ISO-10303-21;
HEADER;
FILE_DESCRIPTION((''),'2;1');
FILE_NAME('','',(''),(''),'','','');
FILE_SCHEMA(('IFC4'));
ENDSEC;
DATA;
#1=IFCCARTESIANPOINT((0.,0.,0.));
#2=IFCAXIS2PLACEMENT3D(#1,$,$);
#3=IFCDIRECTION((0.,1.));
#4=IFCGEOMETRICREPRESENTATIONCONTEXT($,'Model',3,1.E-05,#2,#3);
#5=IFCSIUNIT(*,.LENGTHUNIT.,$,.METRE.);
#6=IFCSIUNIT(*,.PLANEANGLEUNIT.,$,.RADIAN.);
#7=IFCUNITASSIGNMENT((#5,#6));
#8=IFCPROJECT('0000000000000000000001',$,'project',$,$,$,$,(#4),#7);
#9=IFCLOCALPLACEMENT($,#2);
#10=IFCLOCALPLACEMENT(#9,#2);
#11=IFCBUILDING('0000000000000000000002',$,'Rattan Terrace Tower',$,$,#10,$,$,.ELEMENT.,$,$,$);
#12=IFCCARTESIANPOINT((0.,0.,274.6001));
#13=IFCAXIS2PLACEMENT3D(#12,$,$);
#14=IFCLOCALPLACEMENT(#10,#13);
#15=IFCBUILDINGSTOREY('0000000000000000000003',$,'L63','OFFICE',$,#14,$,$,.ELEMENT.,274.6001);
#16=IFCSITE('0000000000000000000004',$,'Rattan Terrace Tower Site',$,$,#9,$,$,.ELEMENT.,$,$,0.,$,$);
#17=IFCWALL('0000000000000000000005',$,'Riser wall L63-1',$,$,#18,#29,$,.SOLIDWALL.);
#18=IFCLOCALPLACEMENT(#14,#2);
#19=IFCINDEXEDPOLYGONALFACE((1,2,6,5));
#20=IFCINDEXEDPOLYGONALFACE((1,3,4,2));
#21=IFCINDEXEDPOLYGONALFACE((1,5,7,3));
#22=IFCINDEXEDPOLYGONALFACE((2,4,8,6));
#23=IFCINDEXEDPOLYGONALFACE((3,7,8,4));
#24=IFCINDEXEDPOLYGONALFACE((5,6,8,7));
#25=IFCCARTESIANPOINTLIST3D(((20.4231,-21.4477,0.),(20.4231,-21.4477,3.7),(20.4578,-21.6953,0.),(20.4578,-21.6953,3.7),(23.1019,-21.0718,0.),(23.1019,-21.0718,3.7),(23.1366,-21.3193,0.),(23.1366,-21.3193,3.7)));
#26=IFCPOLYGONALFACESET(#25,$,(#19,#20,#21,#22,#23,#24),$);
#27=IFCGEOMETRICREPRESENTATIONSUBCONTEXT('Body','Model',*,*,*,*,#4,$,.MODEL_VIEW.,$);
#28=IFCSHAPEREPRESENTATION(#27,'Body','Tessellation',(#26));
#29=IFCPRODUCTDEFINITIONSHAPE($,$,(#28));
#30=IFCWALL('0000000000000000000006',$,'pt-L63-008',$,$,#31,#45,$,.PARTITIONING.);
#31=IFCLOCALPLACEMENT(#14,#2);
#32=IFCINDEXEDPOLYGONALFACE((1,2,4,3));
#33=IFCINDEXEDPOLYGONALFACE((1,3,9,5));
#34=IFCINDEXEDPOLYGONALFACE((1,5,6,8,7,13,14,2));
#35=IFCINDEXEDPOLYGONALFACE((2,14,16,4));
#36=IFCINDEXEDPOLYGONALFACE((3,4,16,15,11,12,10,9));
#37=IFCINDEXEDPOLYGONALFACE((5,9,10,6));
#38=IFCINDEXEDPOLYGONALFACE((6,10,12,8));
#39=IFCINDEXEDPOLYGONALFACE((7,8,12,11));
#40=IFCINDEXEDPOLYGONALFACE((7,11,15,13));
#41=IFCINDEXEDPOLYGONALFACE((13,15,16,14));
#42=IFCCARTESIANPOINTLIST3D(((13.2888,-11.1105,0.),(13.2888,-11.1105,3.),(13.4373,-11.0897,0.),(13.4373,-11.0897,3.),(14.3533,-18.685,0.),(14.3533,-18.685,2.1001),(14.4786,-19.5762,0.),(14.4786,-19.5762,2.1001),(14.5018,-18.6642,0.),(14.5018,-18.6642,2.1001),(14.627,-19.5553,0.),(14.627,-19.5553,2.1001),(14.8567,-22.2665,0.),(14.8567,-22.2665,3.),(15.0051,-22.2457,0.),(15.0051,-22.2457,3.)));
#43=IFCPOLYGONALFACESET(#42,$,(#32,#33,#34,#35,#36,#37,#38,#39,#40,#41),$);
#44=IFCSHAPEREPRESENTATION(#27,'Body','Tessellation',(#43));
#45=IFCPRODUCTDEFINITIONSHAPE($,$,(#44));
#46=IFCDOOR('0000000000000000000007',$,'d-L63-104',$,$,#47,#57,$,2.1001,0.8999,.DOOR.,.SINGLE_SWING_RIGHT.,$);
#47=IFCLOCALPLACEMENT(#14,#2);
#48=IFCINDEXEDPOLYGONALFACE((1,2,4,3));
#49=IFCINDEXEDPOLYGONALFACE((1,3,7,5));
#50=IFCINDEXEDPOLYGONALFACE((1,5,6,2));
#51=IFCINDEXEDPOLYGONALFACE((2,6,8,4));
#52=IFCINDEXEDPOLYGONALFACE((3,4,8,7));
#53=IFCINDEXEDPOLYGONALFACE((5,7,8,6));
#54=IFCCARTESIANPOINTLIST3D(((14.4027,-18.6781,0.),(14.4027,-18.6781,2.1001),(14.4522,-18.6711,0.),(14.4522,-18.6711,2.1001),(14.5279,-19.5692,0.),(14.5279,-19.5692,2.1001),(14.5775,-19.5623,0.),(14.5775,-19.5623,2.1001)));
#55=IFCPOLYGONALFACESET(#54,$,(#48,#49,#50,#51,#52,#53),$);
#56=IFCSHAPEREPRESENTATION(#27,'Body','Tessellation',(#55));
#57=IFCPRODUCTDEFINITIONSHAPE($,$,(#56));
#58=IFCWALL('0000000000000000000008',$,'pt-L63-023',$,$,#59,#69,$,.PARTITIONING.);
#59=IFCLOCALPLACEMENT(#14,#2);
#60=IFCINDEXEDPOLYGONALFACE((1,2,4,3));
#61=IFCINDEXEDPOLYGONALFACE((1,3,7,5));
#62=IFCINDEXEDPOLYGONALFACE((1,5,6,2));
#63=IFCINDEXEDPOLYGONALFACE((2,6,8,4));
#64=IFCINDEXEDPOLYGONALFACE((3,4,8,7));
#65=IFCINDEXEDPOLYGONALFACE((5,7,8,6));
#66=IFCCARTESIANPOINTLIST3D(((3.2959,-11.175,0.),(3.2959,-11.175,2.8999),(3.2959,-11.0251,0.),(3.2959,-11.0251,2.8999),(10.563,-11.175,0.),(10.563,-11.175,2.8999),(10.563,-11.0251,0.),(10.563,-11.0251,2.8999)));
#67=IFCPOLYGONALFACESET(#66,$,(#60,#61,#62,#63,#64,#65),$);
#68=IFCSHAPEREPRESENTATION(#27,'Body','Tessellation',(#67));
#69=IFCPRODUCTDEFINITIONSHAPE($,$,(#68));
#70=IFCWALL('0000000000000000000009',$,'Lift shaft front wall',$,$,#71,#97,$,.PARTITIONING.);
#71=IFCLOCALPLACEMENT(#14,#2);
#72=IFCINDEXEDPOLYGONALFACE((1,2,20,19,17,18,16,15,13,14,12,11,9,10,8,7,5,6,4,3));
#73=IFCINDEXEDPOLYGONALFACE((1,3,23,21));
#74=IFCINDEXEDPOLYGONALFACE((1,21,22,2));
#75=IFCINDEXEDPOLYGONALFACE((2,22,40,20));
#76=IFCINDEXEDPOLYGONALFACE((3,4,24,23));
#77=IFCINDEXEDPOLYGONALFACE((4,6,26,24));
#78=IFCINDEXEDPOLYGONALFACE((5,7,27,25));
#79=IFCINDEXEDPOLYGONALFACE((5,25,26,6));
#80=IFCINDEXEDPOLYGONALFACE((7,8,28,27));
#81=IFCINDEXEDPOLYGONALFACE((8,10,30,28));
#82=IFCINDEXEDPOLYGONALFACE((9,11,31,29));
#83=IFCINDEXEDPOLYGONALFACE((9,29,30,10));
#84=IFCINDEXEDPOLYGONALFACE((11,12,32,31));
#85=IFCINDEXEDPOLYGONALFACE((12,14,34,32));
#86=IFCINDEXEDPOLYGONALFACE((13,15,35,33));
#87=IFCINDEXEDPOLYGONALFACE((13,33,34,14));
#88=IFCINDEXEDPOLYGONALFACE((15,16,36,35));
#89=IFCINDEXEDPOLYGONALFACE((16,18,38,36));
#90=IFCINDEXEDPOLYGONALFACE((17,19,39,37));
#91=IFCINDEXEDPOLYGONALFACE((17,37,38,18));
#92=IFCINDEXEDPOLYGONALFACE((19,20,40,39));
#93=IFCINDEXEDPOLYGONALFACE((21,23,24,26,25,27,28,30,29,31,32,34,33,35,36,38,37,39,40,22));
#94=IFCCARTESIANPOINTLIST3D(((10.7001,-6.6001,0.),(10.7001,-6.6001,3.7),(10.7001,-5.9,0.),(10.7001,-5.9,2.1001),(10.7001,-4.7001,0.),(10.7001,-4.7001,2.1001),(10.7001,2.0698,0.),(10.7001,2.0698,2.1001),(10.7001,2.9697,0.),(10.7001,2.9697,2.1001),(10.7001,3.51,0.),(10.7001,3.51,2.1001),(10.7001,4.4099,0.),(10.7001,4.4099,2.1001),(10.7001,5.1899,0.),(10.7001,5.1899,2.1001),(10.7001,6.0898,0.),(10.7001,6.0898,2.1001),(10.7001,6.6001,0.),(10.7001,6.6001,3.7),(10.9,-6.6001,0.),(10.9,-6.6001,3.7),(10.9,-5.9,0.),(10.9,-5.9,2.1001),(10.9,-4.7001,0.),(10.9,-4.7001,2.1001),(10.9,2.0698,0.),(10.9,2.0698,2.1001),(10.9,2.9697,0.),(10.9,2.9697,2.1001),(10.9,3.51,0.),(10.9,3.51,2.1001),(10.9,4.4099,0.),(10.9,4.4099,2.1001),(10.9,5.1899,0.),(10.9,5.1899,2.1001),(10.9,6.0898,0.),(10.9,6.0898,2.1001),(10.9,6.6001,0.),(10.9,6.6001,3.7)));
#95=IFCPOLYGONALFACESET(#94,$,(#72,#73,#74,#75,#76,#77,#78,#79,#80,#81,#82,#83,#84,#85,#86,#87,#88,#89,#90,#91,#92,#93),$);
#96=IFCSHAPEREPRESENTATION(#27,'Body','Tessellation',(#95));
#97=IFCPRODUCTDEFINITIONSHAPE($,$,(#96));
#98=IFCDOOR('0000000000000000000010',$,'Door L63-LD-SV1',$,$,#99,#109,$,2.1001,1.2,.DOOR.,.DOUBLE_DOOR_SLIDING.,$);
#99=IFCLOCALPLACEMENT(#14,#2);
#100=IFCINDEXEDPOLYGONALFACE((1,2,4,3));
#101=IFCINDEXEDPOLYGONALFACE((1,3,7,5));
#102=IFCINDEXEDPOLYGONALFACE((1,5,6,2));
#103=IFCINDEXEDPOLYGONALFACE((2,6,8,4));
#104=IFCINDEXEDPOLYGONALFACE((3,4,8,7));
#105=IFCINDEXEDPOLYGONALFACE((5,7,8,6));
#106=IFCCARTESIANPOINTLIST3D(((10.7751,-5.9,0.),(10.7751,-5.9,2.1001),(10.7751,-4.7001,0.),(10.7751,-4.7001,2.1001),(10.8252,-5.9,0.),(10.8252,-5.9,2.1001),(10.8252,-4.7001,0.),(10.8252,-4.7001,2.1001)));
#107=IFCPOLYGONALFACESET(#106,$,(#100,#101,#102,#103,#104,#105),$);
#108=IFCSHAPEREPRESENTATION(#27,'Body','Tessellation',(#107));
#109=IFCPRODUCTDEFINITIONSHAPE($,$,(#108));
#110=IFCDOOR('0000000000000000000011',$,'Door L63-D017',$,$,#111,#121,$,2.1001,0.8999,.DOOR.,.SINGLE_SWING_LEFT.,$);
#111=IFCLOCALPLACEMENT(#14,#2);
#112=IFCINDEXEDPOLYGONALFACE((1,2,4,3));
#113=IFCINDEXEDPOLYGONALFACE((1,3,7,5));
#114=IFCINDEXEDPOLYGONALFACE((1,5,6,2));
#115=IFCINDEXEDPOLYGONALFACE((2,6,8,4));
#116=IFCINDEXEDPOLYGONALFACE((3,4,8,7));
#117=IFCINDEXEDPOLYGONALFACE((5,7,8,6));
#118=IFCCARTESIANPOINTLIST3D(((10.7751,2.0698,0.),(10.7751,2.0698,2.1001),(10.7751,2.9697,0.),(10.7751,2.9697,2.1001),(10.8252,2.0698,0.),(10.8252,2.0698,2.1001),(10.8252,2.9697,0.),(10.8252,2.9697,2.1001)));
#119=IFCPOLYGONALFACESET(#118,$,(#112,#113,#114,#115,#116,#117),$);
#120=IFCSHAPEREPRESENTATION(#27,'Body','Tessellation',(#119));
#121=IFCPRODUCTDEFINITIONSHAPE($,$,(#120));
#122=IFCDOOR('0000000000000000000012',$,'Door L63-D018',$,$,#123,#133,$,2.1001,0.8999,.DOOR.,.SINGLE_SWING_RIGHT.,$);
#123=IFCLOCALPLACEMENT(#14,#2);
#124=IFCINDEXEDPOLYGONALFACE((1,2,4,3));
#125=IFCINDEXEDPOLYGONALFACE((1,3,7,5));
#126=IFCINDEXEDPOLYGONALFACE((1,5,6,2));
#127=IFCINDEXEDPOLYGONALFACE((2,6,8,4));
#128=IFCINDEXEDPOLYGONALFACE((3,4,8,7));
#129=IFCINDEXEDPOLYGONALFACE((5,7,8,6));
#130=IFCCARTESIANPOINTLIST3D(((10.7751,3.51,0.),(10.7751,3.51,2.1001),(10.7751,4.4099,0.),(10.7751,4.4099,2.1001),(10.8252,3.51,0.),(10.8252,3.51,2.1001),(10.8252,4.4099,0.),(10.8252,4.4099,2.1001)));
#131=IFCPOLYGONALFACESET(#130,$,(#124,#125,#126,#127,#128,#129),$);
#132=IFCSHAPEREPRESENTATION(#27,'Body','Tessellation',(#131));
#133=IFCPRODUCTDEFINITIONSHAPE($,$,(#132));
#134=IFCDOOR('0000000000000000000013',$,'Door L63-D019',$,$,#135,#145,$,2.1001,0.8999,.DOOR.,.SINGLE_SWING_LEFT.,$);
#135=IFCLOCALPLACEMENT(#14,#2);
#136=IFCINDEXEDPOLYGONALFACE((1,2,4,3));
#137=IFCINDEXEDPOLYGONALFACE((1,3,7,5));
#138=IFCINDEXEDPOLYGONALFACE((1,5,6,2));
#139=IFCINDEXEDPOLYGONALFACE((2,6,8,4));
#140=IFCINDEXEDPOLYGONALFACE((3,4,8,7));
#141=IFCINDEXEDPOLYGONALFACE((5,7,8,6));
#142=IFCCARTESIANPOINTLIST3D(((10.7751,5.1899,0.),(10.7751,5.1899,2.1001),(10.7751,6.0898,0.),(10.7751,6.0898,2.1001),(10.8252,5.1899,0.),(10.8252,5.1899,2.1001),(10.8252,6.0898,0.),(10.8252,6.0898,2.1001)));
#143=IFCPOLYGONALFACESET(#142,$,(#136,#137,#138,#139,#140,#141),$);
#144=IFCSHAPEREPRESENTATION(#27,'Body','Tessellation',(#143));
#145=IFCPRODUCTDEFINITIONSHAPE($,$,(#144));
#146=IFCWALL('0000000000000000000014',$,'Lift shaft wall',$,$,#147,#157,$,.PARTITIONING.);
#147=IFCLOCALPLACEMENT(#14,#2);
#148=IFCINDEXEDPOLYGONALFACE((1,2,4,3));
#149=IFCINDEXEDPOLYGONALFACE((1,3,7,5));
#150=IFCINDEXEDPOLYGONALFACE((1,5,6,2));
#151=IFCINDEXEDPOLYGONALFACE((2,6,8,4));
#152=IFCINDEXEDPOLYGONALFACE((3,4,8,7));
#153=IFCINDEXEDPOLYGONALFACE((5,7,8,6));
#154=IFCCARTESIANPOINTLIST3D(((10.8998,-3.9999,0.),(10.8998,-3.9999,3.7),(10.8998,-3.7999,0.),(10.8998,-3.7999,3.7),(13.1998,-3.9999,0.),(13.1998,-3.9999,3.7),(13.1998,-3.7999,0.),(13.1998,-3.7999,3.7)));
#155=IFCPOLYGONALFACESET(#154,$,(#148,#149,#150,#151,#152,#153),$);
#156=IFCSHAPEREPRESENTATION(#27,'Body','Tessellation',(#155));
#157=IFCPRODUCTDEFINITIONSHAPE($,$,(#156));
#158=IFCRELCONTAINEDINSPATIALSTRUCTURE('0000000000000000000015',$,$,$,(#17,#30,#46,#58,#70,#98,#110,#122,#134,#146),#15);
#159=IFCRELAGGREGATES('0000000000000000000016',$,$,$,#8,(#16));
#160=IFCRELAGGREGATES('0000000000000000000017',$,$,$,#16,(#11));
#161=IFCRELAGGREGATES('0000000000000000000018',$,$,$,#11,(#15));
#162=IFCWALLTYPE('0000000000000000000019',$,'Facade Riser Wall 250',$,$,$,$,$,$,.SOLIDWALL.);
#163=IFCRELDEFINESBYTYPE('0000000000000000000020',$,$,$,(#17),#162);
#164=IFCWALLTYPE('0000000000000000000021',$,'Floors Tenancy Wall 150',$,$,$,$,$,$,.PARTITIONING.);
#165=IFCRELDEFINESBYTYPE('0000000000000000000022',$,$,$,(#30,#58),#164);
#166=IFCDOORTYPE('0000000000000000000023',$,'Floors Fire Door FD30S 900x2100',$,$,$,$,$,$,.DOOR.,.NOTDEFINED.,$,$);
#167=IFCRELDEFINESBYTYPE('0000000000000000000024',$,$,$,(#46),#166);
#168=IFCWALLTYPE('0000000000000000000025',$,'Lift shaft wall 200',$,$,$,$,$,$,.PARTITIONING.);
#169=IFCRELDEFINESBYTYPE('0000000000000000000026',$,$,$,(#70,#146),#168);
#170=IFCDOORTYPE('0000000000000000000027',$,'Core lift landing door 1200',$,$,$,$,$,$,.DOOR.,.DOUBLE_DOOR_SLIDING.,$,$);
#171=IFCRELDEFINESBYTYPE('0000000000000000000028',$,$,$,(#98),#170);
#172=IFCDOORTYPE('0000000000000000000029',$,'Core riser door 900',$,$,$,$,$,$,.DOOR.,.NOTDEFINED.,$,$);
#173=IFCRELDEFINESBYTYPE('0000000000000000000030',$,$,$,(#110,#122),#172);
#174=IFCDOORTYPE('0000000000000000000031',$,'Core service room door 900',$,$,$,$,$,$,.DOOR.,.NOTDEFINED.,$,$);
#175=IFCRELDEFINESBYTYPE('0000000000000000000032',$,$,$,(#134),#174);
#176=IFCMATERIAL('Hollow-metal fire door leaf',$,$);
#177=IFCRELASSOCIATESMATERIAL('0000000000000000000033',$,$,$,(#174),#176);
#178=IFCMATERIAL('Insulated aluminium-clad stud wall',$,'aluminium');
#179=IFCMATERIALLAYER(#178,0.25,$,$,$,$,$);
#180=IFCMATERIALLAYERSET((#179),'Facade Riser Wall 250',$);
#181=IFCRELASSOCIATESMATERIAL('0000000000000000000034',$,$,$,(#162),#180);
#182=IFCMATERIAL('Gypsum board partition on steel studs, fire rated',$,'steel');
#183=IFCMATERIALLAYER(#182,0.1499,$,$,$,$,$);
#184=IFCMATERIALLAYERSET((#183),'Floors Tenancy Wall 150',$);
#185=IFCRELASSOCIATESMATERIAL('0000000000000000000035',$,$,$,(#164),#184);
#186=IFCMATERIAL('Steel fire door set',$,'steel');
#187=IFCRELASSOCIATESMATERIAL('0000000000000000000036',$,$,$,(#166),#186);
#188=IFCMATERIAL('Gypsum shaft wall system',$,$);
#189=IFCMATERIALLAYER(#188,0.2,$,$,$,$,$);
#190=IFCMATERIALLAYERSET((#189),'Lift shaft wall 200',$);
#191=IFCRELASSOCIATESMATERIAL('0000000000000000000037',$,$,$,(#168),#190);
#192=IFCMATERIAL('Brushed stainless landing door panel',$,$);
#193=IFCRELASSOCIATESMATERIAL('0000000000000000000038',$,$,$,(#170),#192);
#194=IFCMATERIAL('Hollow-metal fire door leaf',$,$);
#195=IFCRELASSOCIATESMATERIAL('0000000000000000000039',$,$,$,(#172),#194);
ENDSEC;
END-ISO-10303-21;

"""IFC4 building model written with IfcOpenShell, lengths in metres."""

from ifc_helpers import new_model, si_unit, direction, frame, frame_2d, origin, place, context, subcontext, project, spatial, rectangle, extrude, material, layer, layer_set, type_object, element, fill, save


model = new_model("IFC4")

# Units and contexts
model_context = context("Model", 3, precision=1e-05, world=origin(), true_north=direction((0.0, 1.0)))
body_context = subcontext(model_context, "Body", "Model", "MODEL_VIEW")
ifc_project = project(units=[si_unit("LENGTHUNIT", "METRE"), si_unit("PLANEANGLEUNIT", "RADIAN")], contexts=[model_context])

# Site, building, storey
site_placement = place(None, origin())
site = spatial("IfcSite", under=ifc_project, at=site_placement, Name="Rattan Terrace Tower Site", CompositionType="ELEMENT", RefElevation=0.0)
building_placement = place(site_placement, origin())
building = spatial("IfcBuilding", under=site, at=building_placement, Name="Rattan Terrace Tower", CompositionType="ELEMENT")
storey_placement = place(building_placement, frame((0.0, 0.0, 274.6001)))
storey = spatial("IfcBuildingStorey", under=building, at=storey_placement, Name="L63", Description="OFFICE", CompositionType="ELEMENT", Elevation=274.6001)

# Shared definitions
ifc_material_1 = material(Name="Hollow-metal fire door leaf")
door_type_1 = type_object("IfcDoorType", Name="Core service room door 900", OperationType="NOTDEFINED", PredefinedType="DOOR", material=ifc_material_1)

# Wall
ifc_material_2 = material(Name="Insulated aluminium-clad stud wall", Category="aluminium")
ifc_layer_1 = layer(ifc_material_2, 0.25)
ifc_layer_set_1 = layer_set([ifc_layer_1], Name="Facade Riser Wall 250")
wall_type_1 = type_object("IfcWallType", Name="Facade Riser Wall 250", PredefinedType="SOLIDWALL", material=ifc_layer_set_1)
wall_1_placement = place(storey_placement, frame((20.4404, -21.5715, 0.0), z_axis=(0.0, 0.0, 1.0), x_axis=(0.990293, 0.138995, 0.0)))
element("IfcWall", 1, at=wall_1_placement, inside=storey, type_object=wall_type_1, Name="Riser wall L63-1", PredefinedType="SOLIDWALL", context=body_context, shape_type="SweptSolid", body=[
    extrude(rectangle(XDim=2.7051, YDim=0.25, at=frame_2d((1.3525, 0.0))), origin(), (0.0, 0.0, 1.0), 3.7),
])

# Wall, opening, door
ifc_material_3 = material(Name="Gypsum board partition on steel studs, fire rated", Category="steel")
ifc_layer_2 = layer(ifc_material_3, 0.1499)
ifc_layer_set_2 = layer_set([ifc_layer_2], Name="Floors Tenancy Wall 150")
wall_type_2 = type_object("IfcWallType", Name="Floors Tenancy Wall 150", PredefinedType="PARTITIONING", material=ifc_layer_set_2)
wall_2_placement = place(storey_placement, frame((13.363, -11.1001, 0.0), z_axis=(0.0, 0.0, 1.0), x_axis=(0.139173, -0.990268, 0.0)))
wall_2 = element("IfcWall", 2, at=wall_2_placement, inside=storey, type_object=wall_type_2, Name="pt-L63-008", PredefinedType="PARTITIONING", context=body_context, shape_type="SweptSolid", body=[
    extrude(rectangle(XDim=11.2656, YDim=0.1499, at=frame_2d((5.6328, 0.0))), origin(), (0.0, 0.0, 1.0), 3.0),
])
opening_1_placement = place(wall_2_placement, frame((7.6489, 0.0, 0.0)))
opening_1 = element("IfcOpeningElement", 3, at=opening_1_placement, cuts=wall_2, PredefinedType="OPENING", context=body_context, shape_type="SweptSolid", body=[
    extrude(rectangle(XDim=0.8999, YDim=2.1001, at=frame_2d((0.45, 1.05))), frame((0.0, 0.0854, 0.0), z_axis=(0.0, -1.0, 0.0), x_axis=(1.0, 0.0, 0.0)), (0.0, 0.0, 1.0), 0.1709),
])
ifc_material_4 = material(Name="Steel fire door set", Category="steel")
door_type_2 = type_object("IfcDoorType", Name="Floors Fire Door FD30S 900x2100", OperationType="NOTDEFINED", PredefinedType="DOOR", material=ifc_material_4)
door_1_placement = place(opening_1_placement, origin())
door_1 = element("IfcDoor", 4, at=door_1_placement, inside=storey, type_object=door_type_2, Name="d-L63-104", OperationType="SINGLE_SWING_RIGHT", OverallHeight=2.1001, OverallWidth=0.8999, PredefinedType="DOOR", context=body_context, shape_type="SweptSolid", body=[
    extrude(rectangle(XDim=0.8999, YDim=2.1001, at=frame_2d((0.45, 1.05))), frame((0.0, 0.0249, 0.0), z_axis=(0.0, -1.0, 0.0), x_axis=(1.0, 0.0, 0.0)), (0.0, 0.0, 1.0), 0.05),
])
fill(opening_1, door_1)

# Wall
wall_3_placement = place(storey_placement, frame((10.563, -11.1001, 0.0), z_axis=(0.0, 0.0, 1.0), x_axis=(-1.0, 0.0, 0.0)))
element("IfcWall", 5, at=wall_3_placement, inside=storey, type_object=wall_type_2, Name="pt-L63-023", PredefinedType="PARTITIONING", context=body_context, shape_type="SweptSolid", body=[
    extrude(rectangle(XDim=7.2671, YDim=0.1499, at=frame_2d((3.6335, 0.0))), origin(), (0.0, 0.0, 1.0), 2.8999),
])

# Wall, openings, doors
ifc_material_5 = material(Name="Gypsum shaft wall system")
ifc_layer_3 = layer(ifc_material_5, 0.2)
ifc_layer_set_3 = layer_set([ifc_layer_3], Name="Lift shaft wall 200")
wall_type_3 = type_object("IfcWallType", Name="Lift shaft wall 200", PredefinedType="PARTITIONING", material=ifc_layer_set_3)
wall_4_placement = place(storey_placement, frame((10.8, -6.6001, 0.0), z_axis=(0.0, 0.0, 1.0), x_axis=(0.0, 1.0, 0.0)))
wall_4 = element("IfcWall", 6, at=wall_4_placement, inside=storey, type_object=wall_type_3, Name="Lift shaft front wall", PredefinedType="PARTITIONING", context=body_context, shape_type="SweptSolid", body=[
    extrude(rectangle(XDim=13.2002, YDim=0.2, at=frame_2d((6.6001, 0.0))), origin(), (0.0, 0.0, 1.0), 3.7),
])
opening_2_placement = place(wall_4_placement, frame((0.7, 0.0, 0.0)))
opening_2 = element("IfcOpeningElement", 7, at=opening_2_placement, cuts=wall_4, PredefinedType="OPENING", context=body_context, shape_type="SweptSolid", body=[
    extrude(rectangle(XDim=1.2, YDim=2.1001, at=frame_2d((0.6001, 1.05))), frame((0.0, 0.1106, 0.0), z_axis=(0.0, -1.0, 0.0), x_axis=(1.0, 0.0, 0.0)), (0.0, 0.0, 1.0), 0.2209),
])
opening_3_placement = place(wall_4_placement, frame((8.6699, 0.0, 0.0)))
opening_3 = element("IfcOpeningElement", 8, at=opening_3_placement, cuts=wall_4, PredefinedType="OPENING", context=body_context, shape_type="SweptSolid", body=[
    extrude(rectangle(XDim=0.8999, YDim=2.1001, at=frame_2d((0.45, 1.05))), frame((0.0, 0.1106, 0.0), z_axis=(0.0, -1.0, 0.0), x_axis=(1.0, 0.0, 0.0)), (0.0, 0.0, 1.0), 0.2209),
])
opening_4_placement = place(wall_4_placement, frame((10.1101, 0.0, 0.0)))
opening_4 = element("IfcOpeningElement", 9, at=opening_4_placement, cuts=wall_4, PredefinedType="OPENING", context=body_context, shape_type="SweptSolid", body=[
    extrude(rectangle(XDim=0.8999, YDim=2.1001, at=frame_2d((0.45, 1.05))), frame((0.0, 0.1106, 0.0), z_axis=(0.0, -1.0, 0.0), x_axis=(1.0, 0.0, 0.0)), (0.0, 0.0, 1.0), 0.2209),
])
opening_5_placement = place(wall_4_placement, frame((11.79, 0.0, 0.0)))
opening_5 = element("IfcOpeningElement", 10, at=opening_5_placement, cuts=wall_4, PredefinedType="OPENING", context=body_context, shape_type="SweptSolid", body=[
    extrude(rectangle(XDim=0.8999, YDim=2.1001, at=frame_2d((0.45, 1.05))), frame((0.0, 0.1106, 0.0), z_axis=(0.0, -1.0, 0.0), x_axis=(1.0, 0.0, 0.0)), (0.0, 0.0, 1.0), 0.2209),
])
ifc_material_6 = material(Name="Brushed stainless landing door panel")
door_type_3 = type_object("IfcDoorType", Name="Core lift landing door 1200", OperationType="DOUBLE_DOOR_SLIDING", PredefinedType="DOOR", material=ifc_material_6)
door_2_placement = place(opening_2_placement, origin())
door_2 = element("IfcDoor", 11, at=door_2_placement, inside=storey, type_object=door_type_3, Name="Door L63-LD-SV1", OperationType="DOUBLE_DOOR_SLIDING", OverallHeight=2.1001, OverallWidth=1.2, PredefinedType="DOOR", context=body_context, shape_type="SweptSolid", body=[
    extrude(rectangle(XDim=1.2, YDim=2.1001, at=frame_2d((0.6001, 1.05))), frame((0.0, 0.0249, 0.0), z_axis=(0.0, -1.0, 0.0), x_axis=(1.0, 0.0, 0.0)), (0.0, 0.0, 1.0), 0.05),
])
fill(opening_2, door_2)
ifc_material_7 = material(Name="Hollow-metal fire door leaf")
door_type_4 = type_object("IfcDoorType", Name="Core riser door 900", OperationType="NOTDEFINED", PredefinedType="DOOR", material=ifc_material_7)
door_3_placement = place(opening_3_placement, origin())
door_3 = element("IfcDoor", 12, at=door_3_placement, inside=storey, type_object=door_type_4, Name="Door L63-D017", OperationType="SINGLE_SWING_LEFT", OverallHeight=2.1001, OverallWidth=0.8999, PredefinedType="DOOR", context=body_context, shape_type="SweptSolid", body=[
    extrude(rectangle(XDim=0.8999, YDim=2.1001, at=frame_2d((0.45, 1.05))), frame((0.0, 0.0249, 0.0), z_axis=(0.0, -1.0, 0.0), x_axis=(1.0, 0.0, 0.0)), (0.0, 0.0, 1.0), 0.05),
])
fill(opening_3, door_3)
door_4_placement = place(opening_4_placement, origin())
door_4 = element("IfcDoor", 13, at=door_4_placement, inside=storey, type_object=door_type_4, Name="Door L63-D018", OperationType="SINGLE_SWING_RIGHT", OverallHeight=2.1001, OverallWidth=0.8999, PredefinedType="DOOR", context=body_context, shape_type="SweptSolid", body=[
    extrude(rectangle(XDim=0.8999, YDim=2.1001, at=frame_2d((0.45, 1.05))), frame((0.0, 0.0249, 0.0), z_axis=(0.0, -1.0, 0.0), x_axis=(1.0, 0.0, 0.0)), (0.0, 0.0, 1.0), 0.05),
])
fill(opening_4, door_4)
door_5_placement = place(opening_5_placement, origin())
door_5 = element("IfcDoor", 14, at=door_5_placement, inside=storey, type_object=door_type_1, Name="Door L63-D019", OperationType="SINGLE_SWING_LEFT", OverallHeight=2.1001, OverallWidth=0.8999, PredefinedType="DOOR", context=body_context, shape_type="SweptSolid", body=[
    extrude(rectangle(XDim=0.8999, YDim=2.1001, at=frame_2d((0.45, 1.05))), frame((0.0, 0.0249, 0.0), z_axis=(0.0, -1.0, 0.0), x_axis=(1.0, 0.0, 0.0)), (0.0, 0.0, 1.0), 0.05),
])
fill(opening_5, door_5)

# Wall
wall_5_placement = place(storey_placement, frame((10.8999, -3.8999, 0.0), z_axis=(0.0, 0.0, 1.0), x_axis=(1.0, 0.0, 0.0)))
element("IfcWall", 15, at=wall_5_placement, inside=storey, type_object=wall_type_3, Name="Lift shaft wall", PredefinedType="PARTITIONING", context=body_context, shape_type="SweptSolid", body=[
    extrude(rectangle(XDim=2.3, YDim=0.2, at=frame_2d((1.1499, 0.0))), origin(), (0.0, 0.0, 1.0), 3.7),
])

save(model, "model.ifc")
